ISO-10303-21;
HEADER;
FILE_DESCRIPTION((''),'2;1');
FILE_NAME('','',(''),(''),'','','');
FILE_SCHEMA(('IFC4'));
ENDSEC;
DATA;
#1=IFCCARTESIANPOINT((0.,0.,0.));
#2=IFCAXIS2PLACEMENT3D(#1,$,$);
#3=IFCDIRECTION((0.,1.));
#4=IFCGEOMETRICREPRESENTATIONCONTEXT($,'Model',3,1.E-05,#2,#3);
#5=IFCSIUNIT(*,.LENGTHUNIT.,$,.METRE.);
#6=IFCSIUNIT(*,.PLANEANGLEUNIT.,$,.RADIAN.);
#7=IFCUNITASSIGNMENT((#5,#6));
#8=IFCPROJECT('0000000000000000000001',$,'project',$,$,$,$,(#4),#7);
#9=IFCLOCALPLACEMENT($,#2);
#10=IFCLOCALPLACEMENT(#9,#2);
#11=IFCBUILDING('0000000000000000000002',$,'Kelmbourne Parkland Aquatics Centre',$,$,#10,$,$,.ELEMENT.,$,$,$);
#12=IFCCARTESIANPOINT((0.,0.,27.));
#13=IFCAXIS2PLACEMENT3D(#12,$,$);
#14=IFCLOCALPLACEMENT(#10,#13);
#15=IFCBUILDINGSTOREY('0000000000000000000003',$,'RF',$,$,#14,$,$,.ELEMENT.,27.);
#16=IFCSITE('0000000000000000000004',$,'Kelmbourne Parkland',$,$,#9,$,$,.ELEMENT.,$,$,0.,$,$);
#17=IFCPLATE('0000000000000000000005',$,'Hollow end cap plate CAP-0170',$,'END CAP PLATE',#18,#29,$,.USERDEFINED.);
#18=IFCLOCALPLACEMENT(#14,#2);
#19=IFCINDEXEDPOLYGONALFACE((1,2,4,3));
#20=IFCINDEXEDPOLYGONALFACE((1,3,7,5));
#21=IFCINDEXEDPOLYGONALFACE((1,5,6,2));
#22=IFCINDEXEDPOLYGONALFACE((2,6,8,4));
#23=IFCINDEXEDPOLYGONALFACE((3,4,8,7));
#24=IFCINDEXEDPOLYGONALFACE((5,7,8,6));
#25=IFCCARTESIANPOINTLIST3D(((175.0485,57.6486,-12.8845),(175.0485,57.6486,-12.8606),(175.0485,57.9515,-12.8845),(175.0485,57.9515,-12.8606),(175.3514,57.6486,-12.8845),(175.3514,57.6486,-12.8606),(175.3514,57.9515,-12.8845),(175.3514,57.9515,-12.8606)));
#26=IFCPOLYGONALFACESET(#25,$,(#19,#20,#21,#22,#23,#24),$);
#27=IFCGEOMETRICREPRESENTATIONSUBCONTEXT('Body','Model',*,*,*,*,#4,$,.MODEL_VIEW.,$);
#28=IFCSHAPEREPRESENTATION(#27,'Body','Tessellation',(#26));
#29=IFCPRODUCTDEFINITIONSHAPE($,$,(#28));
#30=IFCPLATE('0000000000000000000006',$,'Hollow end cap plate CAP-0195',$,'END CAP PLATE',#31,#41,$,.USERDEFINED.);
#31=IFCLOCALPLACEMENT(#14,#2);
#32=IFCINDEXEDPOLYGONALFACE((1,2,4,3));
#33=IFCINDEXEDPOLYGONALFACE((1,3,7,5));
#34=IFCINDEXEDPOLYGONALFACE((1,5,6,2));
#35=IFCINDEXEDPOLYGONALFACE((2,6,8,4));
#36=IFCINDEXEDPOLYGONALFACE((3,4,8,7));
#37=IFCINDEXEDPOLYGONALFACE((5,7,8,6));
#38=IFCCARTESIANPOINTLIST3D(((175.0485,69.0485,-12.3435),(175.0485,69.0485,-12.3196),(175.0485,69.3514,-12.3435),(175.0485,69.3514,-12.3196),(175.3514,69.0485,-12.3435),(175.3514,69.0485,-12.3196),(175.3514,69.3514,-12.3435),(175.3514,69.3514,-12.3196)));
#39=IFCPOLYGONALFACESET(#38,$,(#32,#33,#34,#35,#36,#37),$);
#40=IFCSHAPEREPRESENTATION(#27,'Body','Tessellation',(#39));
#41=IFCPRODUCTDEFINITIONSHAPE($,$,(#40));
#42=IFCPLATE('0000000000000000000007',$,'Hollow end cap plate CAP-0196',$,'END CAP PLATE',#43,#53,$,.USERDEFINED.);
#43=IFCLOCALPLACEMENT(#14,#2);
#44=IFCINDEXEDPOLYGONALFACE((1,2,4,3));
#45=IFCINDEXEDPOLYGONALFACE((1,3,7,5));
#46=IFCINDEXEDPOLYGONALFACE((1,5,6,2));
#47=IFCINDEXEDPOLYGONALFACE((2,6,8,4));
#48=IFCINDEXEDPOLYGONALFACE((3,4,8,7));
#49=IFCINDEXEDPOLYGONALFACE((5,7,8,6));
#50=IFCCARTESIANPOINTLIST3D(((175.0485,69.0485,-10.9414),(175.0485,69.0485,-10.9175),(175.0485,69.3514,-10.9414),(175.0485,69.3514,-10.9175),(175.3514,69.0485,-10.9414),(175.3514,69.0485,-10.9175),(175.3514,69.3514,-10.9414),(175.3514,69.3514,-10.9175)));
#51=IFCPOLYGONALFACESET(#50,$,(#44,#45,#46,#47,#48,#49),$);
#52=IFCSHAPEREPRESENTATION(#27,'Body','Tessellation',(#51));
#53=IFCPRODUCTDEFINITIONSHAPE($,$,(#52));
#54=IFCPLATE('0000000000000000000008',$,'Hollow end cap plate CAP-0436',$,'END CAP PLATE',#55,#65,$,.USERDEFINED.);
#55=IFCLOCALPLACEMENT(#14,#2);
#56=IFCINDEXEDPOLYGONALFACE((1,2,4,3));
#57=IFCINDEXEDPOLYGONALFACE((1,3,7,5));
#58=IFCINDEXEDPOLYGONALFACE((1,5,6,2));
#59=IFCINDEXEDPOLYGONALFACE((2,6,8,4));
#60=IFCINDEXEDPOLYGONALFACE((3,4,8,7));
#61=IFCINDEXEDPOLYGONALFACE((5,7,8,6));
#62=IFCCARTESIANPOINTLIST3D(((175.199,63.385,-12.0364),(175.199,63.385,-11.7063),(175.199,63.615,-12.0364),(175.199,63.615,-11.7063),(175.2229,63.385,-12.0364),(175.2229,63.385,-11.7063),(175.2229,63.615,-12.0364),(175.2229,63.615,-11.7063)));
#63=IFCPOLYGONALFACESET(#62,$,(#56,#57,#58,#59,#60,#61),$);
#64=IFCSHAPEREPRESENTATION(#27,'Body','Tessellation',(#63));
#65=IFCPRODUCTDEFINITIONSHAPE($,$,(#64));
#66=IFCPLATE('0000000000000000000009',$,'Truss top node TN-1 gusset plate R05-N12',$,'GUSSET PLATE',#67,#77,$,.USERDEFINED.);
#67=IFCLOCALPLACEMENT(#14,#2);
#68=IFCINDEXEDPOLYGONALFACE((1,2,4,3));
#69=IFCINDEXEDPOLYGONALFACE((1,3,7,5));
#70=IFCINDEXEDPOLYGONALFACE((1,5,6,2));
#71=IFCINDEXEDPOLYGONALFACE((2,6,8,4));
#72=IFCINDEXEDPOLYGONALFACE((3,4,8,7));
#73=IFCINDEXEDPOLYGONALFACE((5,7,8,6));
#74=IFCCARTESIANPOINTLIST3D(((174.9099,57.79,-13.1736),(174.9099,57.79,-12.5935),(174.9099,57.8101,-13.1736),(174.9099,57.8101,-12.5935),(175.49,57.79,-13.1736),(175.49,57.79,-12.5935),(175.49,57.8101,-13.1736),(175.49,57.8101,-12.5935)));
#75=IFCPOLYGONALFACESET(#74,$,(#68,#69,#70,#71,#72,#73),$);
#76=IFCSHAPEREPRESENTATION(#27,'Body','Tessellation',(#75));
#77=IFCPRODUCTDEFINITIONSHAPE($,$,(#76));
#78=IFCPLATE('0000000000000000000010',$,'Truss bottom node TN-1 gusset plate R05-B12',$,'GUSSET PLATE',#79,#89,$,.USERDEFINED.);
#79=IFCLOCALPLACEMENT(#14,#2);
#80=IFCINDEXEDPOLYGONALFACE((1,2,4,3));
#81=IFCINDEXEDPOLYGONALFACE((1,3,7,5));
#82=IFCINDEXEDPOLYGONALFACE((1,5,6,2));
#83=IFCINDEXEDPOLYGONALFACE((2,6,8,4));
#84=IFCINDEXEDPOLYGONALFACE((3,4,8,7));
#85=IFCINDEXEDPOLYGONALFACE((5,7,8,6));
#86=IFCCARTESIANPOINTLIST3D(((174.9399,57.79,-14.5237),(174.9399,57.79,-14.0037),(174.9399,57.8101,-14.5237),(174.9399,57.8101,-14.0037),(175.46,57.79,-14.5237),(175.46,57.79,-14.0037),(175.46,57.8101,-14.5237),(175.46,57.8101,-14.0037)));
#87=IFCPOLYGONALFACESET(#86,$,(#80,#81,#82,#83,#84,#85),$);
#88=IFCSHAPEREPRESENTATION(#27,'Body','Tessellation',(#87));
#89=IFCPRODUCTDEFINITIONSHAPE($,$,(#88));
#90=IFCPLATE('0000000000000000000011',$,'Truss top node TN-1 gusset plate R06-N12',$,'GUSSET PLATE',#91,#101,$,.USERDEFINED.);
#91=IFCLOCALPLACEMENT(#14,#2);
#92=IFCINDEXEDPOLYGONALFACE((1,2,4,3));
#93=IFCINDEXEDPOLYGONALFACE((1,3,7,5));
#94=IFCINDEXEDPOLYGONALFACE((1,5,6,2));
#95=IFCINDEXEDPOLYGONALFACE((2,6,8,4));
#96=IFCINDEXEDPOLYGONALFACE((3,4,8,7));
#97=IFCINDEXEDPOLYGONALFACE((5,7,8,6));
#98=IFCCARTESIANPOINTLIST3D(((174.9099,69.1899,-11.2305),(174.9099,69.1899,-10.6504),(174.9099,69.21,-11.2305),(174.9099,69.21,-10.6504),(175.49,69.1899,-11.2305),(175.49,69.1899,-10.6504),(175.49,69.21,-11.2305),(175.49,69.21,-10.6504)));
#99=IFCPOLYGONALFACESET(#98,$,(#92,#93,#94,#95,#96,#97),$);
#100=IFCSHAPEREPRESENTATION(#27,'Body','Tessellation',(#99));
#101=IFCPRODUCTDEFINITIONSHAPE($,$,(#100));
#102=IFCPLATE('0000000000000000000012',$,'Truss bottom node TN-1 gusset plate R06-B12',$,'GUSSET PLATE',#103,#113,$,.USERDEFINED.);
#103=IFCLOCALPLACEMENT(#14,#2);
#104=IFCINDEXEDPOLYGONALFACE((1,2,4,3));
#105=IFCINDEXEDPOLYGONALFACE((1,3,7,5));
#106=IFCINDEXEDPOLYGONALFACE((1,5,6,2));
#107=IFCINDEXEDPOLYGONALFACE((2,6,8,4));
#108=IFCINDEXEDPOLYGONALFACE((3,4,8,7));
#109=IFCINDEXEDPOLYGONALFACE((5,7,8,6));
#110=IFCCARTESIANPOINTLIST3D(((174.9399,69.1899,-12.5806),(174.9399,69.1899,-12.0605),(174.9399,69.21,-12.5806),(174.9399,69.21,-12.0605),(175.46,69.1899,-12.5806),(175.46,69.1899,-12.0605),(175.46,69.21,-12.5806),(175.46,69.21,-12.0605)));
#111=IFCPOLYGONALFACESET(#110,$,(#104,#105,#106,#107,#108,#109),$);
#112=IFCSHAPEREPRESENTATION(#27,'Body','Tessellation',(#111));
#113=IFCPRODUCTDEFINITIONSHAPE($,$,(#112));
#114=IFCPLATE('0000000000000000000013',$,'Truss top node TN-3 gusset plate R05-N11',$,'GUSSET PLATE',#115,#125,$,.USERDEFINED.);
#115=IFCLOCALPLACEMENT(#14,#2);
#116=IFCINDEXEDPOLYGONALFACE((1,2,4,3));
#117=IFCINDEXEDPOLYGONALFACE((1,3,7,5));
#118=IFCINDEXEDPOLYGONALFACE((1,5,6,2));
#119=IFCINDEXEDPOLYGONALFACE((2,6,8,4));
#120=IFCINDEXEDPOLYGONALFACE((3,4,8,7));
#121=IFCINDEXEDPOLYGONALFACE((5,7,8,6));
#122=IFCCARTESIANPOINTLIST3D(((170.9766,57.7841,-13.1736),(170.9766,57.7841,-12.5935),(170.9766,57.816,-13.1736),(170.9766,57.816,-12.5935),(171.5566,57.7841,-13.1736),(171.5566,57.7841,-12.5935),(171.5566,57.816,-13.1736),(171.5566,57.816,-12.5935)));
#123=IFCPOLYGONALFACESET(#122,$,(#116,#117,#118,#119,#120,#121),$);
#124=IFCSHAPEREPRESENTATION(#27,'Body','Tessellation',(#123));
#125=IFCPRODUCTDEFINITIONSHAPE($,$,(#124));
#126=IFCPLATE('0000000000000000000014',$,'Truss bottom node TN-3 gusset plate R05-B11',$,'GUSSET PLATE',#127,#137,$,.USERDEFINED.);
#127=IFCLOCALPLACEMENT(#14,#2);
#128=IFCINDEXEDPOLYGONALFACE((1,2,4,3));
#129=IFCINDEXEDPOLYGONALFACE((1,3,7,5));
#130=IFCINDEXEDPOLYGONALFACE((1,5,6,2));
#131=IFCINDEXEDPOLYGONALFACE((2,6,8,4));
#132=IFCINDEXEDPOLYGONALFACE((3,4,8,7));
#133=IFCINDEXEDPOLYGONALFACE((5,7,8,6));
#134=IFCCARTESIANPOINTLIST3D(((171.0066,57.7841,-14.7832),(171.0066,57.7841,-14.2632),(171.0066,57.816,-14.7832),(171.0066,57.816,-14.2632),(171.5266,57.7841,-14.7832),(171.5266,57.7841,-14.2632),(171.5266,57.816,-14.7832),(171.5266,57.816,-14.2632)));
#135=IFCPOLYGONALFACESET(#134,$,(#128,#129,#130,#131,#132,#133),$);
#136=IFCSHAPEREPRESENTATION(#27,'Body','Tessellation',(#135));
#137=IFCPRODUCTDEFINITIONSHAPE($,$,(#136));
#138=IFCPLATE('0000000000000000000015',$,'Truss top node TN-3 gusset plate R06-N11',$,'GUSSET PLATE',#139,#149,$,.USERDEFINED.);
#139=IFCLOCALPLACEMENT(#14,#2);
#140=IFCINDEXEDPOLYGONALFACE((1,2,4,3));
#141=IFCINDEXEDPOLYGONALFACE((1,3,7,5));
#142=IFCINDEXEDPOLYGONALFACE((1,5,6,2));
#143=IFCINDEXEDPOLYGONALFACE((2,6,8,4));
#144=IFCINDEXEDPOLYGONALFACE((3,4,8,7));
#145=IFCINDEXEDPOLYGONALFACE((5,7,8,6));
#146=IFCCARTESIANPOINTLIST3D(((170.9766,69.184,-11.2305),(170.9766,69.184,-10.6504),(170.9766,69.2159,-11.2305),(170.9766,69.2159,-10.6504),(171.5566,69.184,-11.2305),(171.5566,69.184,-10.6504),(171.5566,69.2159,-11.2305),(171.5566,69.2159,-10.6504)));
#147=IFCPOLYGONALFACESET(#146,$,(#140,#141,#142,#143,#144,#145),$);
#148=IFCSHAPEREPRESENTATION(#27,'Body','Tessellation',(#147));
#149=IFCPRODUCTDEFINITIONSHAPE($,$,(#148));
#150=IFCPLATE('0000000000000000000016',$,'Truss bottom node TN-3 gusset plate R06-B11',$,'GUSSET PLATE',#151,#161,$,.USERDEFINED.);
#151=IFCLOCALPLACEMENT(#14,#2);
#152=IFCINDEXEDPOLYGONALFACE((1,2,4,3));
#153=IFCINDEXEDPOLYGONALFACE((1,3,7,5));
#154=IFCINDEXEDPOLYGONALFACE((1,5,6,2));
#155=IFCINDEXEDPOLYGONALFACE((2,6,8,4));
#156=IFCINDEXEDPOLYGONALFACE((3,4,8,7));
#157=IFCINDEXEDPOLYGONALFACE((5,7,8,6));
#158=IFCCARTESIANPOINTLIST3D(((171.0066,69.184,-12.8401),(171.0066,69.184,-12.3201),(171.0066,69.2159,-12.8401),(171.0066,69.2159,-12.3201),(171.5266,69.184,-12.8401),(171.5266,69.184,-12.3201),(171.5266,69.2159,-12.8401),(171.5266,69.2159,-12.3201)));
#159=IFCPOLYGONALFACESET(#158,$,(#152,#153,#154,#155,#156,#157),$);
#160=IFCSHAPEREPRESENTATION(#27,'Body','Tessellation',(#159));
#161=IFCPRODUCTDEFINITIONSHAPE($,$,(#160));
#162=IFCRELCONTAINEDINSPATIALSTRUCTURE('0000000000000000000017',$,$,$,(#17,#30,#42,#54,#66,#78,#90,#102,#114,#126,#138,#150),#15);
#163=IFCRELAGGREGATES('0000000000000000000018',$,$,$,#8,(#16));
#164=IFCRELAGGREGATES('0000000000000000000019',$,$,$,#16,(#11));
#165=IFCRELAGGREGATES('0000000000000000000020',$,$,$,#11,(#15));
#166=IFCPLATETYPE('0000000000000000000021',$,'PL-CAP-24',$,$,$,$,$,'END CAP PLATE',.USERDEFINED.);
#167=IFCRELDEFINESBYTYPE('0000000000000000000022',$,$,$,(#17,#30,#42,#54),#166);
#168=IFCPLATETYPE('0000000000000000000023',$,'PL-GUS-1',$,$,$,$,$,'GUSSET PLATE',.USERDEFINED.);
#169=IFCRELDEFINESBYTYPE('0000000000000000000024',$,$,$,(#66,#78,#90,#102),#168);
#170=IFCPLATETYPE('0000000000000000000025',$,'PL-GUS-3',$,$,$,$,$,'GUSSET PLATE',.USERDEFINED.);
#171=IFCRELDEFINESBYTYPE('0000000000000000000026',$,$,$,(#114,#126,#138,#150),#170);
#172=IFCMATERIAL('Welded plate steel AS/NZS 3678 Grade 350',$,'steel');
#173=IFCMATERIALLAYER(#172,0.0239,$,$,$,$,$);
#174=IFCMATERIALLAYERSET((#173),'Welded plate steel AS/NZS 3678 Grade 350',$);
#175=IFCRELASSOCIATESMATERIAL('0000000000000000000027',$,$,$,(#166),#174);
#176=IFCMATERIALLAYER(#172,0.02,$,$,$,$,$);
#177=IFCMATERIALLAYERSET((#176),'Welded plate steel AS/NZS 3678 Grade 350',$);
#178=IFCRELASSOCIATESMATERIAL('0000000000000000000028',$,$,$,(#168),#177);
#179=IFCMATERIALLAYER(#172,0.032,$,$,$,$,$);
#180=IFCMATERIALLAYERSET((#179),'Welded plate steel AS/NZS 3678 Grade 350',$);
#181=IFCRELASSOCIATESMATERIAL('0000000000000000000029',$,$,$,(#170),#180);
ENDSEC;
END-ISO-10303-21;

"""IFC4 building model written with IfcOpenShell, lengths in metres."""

from ifc_helpers import new_model, si_unit, direction, frame, origin, origin_2d, place, context, subcontext, project, spatial, rectangle, extrude, material, layer, layer_set, type_object, element, save


model = new_model("IFC4")

# Units and contexts
model_context = context("Model", 3, precision=1e-05, world=origin(), true_north=direction((0.0, 1.0)))
body_context = subcontext(model_context, "Body", "Model", "MODEL_VIEW")
ifc_project = project(units=[si_unit("LENGTHUNIT", "METRE"), si_unit("PLANEANGLEUNIT", "RADIAN")], contexts=[model_context])

# Site, building, storey
site_placement = place(None, origin())
site = spatial("IfcSite", under=ifc_project, at=site_placement, Name="Kelmbourne Parkland", CompositionType="ELEMENT", RefElevation=0.0)
building_placement = place(site_placement, origin())
building = spatial("IfcBuilding", under=site, at=building_placement, Name="Kelmbourne Parkland Aquatics Centre", CompositionType="ELEMENT")
storey_placement = place(building_placement, frame((0.0, 0.0, 27.0)))
storey = spatial("IfcBuildingStorey", under=building, at=storey_placement, Name="RF", CompositionType="ELEMENT", Elevation=27.0)

# Shared definitions
ifc_material_1 = material(Name="Welded plate steel AS/NZS 3678 Grade 350", Category="steel")

# Plates
ifc_layer_1 = layer(ifc_material_1, 0.0239)
ifc_layer_set_1 = layer_set([ifc_layer_1], Name="Welded plate steel AS/NZS 3678 Grade 350")
plate_type_1 = type_object("IfcPlateType", Name="PL-CAP-24", ElementType="END CAP PLATE", PredefinedType="USERDEFINED", material=ifc_layer_set_1)
for number, where, z_axis, x_axis, name in (
    (1, (175.2, 57.8, -12.8845), (0.0, 0.0, 1.0), (1.0, 0.0, 0.0), "Hollow end cap plate CAP-0170"),
    (2, (175.2, 69.2, -12.3435), (0.0, 0.0, 1.0), (1.0, 0.0, 0.0), "Hollow end cap plate CAP-0195"),
    (3, (175.2, 69.2, -10.9414), (0.0, 0.0, 1.0), (1.0, 0.0, 0.0), "Hollow end cap plate CAP-0196"),
):
    element("IfcPlate", number, at=place(storey_placement, frame(where, z_axis=z_axis, x_axis=x_axis)), inside=storey, type_object=plate_type_1, Name=name, ObjectType="END CAP PLATE", PredefinedType="USERDEFINED", context=body_context, shape_type="SweptSolid", body=[
        extrude(rectangle(XDim=0.303, YDim=0.303, at=origin_2d()), origin(), (0.0, 0.0, 1.0), 0.0239),
    ])
plate_1_placement = place(storey_placement, frame((175.2109, 63.5, -12.0364), z_axis=(0.0, 0.0, 1.0), x_axis=(1.0, 0.0, 0.0)))
element("IfcPlate", 4, at=plate_1_placement, inside=storey, type_object=plate_type_1, Name="Hollow end cap plate CAP-0436", ObjectType="END CAP PLATE", PredefinedType="USERDEFINED", context=body_context, shape_type="SweptSolid", body=[
    extrude(rectangle(XDim=0.0239, YDim=0.23, at=origin_2d()), origin(), (0.0, 0.0, 1.0), 0.3301),
])
ifc_layer_2 = layer(ifc_material_1, 0.02)
ifc_layer_set_2 = layer_set([ifc_layer_2], Name="Welded plate steel AS/NZS 3678 Grade 350")
plate_type_2 = type_object("IfcPlateType", Name="PL-GUS-1", ElementType="GUSSET PLATE", PredefinedType="USERDEFINED", material=ifc_layer_set_2)
plate_2_placement = place(storey_placement, frame((175.2, 57.8, -13.1736), z_axis=(0.0, 0.0, 1.0), x_axis=(1.0, 0.0, 0.0)))
element("IfcPlate", 5, at=plate_2_placement, inside=storey, type_object=plate_type_2, Name="Truss top node TN-1 gusset plate R05-N12", ObjectType="GUSSET PLATE", PredefinedType="USERDEFINED", context=body_context, shape_type="SweptSolid", body=[
    extrude(rectangle(XDim=0.5801, YDim=0.02, at=origin_2d()), origin(), (0.0, 0.0, 1.0), 0.5801),
])
plate_3_placement = place(storey_placement, frame((175.2, 57.8, -14.5237), z_axis=(0.0, 0.0, 1.0), x_axis=(1.0, 0.0, 0.0)))
element("IfcPlate", 6, at=plate_3_placement, inside=storey, type_object=plate_type_2, Name="Truss bottom node TN-1 gusset plate R05-B12", ObjectType="GUSSET PLATE", PredefinedType="USERDEFINED", context=body_context, shape_type="SweptSolid", body=[
    extrude(rectangle(XDim=0.52, YDim=0.02, at=origin_2d()), origin(), (0.0, 0.0, 1.0), 0.52),
])
plate_4_placement = place(storey_placement, frame((175.2, 69.2, -11.2305), z_axis=(0.0, 0.0, 1.0), x_axis=(1.0, 0.0, 0.0)))
element("IfcPlate", 7, at=plate_4_placement, inside=storey, type_object=plate_type_2, Name="Truss top node TN-1 gusset plate R06-N12", ObjectType="GUSSET PLATE", PredefinedType="USERDEFINED", context=body_context, shape_type="SweptSolid", body=[
    extrude(rectangle(XDim=0.5801, YDim=0.02, at=origin_2d()), origin(), (0.0, 0.0, 1.0), 0.5801),
])
plate_5_placement = place(storey_placement, frame((175.2, 69.2, -12.5806), z_axis=(0.0, 0.0, 1.0), x_axis=(1.0, 0.0, 0.0)))
element("IfcPlate", 8, at=plate_5_placement, inside=storey, type_object=plate_type_2, Name="Truss bottom node TN-1 gusset plate R06-B12", ObjectType="GUSSET PLATE", PredefinedType="USERDEFINED", context=body_context, shape_type="SweptSolid", body=[
    extrude(rectangle(XDim=0.52, YDim=0.02, at=origin_2d()), origin(), (0.0, 0.0, 1.0), 0.52),
])
ifc_layer_3 = layer(ifc_material_1, 0.032)
ifc_layer_set_3 = layer_set([ifc_layer_3], Name="Welded plate steel AS/NZS 3678 Grade 350")
plate_type_3 = type_object("IfcPlateType", Name="PL-GUS-3", ElementType="GUSSET PLATE", PredefinedType="USERDEFINED", material=ifc_layer_set_3)
plate_6_placement = place(storey_placement, frame((171.2666, 57.8, -13.1736), z_axis=(0.0, 0.0, 1.0), x_axis=(1.0, 0.0, 0.0)))
element("IfcPlate", 9, at=plate_6_placement, inside=storey, type_object=plate_type_3, Name="Truss top node TN-3 gusset plate R05-N11", ObjectType="GUSSET PLATE", PredefinedType="USERDEFINED", context=body_context, shape_type="SweptSolid", body=[
    extrude(rectangle(XDim=0.5801, YDim=0.032, at=origin_2d()), origin(), (0.0, 0.0, 1.0), 0.5801),
])
plate_7_placement = place(storey_placement, frame((171.2666, 57.8, -14.7832), z_axis=(0.0, 0.0, 1.0), x_axis=(1.0, 0.0, 0.0)))
element("IfcPlate", 10, at=plate_7_placement, inside=storey, type_object=plate_type_3, Name="Truss bottom node TN-3 gusset plate R05-B11", ObjectType="GUSSET PLATE", PredefinedType="USERDEFINED", context=body_context, shape_type="SweptSolid", body=[
    extrude(rectangle(XDim=0.52, YDim=0.032, at=origin_2d()), origin(), (0.0, 0.0, 1.0), 0.52),
])
plate_8_placement = place(storey_placement, frame((171.2666, 69.2, -11.2305), z_axis=(0.0, 0.0, 1.0), x_axis=(1.0, 0.0, 0.0)))
element("IfcPlate", 11, at=plate_8_placement, inside=storey, type_object=plate_type_3, Name="Truss top node TN-3 gusset plate R06-N11", ObjectType="GUSSET PLATE", PredefinedType="USERDEFINED", context=body_context, shape_type="SweptSolid", body=[
    extrude(rectangle(XDim=0.5801, YDim=0.032, at=origin_2d()), origin(), (0.0, 0.0, 1.0), 0.5801),
])
plate_9_placement = place(storey_placement, frame((171.2666, 69.2, -12.8401), z_axis=(0.0, 0.0, 1.0), x_axis=(1.0, 0.0, 0.0)))
element("IfcPlate", 12, at=plate_9_placement, inside=storey, type_object=plate_type_3, Name="Truss bottom node TN-3 gusset plate R06-B11", ObjectType="GUSSET PLATE", PredefinedType="USERDEFINED", context=body_context, shape_type="SweptSolid", body=[
    extrude(rectangle(XDim=0.52, YDim=0.032, at=origin_2d()), origin(), (0.0, 0.0, 1.0), 0.52),
])

save(model, "model.ifc")
